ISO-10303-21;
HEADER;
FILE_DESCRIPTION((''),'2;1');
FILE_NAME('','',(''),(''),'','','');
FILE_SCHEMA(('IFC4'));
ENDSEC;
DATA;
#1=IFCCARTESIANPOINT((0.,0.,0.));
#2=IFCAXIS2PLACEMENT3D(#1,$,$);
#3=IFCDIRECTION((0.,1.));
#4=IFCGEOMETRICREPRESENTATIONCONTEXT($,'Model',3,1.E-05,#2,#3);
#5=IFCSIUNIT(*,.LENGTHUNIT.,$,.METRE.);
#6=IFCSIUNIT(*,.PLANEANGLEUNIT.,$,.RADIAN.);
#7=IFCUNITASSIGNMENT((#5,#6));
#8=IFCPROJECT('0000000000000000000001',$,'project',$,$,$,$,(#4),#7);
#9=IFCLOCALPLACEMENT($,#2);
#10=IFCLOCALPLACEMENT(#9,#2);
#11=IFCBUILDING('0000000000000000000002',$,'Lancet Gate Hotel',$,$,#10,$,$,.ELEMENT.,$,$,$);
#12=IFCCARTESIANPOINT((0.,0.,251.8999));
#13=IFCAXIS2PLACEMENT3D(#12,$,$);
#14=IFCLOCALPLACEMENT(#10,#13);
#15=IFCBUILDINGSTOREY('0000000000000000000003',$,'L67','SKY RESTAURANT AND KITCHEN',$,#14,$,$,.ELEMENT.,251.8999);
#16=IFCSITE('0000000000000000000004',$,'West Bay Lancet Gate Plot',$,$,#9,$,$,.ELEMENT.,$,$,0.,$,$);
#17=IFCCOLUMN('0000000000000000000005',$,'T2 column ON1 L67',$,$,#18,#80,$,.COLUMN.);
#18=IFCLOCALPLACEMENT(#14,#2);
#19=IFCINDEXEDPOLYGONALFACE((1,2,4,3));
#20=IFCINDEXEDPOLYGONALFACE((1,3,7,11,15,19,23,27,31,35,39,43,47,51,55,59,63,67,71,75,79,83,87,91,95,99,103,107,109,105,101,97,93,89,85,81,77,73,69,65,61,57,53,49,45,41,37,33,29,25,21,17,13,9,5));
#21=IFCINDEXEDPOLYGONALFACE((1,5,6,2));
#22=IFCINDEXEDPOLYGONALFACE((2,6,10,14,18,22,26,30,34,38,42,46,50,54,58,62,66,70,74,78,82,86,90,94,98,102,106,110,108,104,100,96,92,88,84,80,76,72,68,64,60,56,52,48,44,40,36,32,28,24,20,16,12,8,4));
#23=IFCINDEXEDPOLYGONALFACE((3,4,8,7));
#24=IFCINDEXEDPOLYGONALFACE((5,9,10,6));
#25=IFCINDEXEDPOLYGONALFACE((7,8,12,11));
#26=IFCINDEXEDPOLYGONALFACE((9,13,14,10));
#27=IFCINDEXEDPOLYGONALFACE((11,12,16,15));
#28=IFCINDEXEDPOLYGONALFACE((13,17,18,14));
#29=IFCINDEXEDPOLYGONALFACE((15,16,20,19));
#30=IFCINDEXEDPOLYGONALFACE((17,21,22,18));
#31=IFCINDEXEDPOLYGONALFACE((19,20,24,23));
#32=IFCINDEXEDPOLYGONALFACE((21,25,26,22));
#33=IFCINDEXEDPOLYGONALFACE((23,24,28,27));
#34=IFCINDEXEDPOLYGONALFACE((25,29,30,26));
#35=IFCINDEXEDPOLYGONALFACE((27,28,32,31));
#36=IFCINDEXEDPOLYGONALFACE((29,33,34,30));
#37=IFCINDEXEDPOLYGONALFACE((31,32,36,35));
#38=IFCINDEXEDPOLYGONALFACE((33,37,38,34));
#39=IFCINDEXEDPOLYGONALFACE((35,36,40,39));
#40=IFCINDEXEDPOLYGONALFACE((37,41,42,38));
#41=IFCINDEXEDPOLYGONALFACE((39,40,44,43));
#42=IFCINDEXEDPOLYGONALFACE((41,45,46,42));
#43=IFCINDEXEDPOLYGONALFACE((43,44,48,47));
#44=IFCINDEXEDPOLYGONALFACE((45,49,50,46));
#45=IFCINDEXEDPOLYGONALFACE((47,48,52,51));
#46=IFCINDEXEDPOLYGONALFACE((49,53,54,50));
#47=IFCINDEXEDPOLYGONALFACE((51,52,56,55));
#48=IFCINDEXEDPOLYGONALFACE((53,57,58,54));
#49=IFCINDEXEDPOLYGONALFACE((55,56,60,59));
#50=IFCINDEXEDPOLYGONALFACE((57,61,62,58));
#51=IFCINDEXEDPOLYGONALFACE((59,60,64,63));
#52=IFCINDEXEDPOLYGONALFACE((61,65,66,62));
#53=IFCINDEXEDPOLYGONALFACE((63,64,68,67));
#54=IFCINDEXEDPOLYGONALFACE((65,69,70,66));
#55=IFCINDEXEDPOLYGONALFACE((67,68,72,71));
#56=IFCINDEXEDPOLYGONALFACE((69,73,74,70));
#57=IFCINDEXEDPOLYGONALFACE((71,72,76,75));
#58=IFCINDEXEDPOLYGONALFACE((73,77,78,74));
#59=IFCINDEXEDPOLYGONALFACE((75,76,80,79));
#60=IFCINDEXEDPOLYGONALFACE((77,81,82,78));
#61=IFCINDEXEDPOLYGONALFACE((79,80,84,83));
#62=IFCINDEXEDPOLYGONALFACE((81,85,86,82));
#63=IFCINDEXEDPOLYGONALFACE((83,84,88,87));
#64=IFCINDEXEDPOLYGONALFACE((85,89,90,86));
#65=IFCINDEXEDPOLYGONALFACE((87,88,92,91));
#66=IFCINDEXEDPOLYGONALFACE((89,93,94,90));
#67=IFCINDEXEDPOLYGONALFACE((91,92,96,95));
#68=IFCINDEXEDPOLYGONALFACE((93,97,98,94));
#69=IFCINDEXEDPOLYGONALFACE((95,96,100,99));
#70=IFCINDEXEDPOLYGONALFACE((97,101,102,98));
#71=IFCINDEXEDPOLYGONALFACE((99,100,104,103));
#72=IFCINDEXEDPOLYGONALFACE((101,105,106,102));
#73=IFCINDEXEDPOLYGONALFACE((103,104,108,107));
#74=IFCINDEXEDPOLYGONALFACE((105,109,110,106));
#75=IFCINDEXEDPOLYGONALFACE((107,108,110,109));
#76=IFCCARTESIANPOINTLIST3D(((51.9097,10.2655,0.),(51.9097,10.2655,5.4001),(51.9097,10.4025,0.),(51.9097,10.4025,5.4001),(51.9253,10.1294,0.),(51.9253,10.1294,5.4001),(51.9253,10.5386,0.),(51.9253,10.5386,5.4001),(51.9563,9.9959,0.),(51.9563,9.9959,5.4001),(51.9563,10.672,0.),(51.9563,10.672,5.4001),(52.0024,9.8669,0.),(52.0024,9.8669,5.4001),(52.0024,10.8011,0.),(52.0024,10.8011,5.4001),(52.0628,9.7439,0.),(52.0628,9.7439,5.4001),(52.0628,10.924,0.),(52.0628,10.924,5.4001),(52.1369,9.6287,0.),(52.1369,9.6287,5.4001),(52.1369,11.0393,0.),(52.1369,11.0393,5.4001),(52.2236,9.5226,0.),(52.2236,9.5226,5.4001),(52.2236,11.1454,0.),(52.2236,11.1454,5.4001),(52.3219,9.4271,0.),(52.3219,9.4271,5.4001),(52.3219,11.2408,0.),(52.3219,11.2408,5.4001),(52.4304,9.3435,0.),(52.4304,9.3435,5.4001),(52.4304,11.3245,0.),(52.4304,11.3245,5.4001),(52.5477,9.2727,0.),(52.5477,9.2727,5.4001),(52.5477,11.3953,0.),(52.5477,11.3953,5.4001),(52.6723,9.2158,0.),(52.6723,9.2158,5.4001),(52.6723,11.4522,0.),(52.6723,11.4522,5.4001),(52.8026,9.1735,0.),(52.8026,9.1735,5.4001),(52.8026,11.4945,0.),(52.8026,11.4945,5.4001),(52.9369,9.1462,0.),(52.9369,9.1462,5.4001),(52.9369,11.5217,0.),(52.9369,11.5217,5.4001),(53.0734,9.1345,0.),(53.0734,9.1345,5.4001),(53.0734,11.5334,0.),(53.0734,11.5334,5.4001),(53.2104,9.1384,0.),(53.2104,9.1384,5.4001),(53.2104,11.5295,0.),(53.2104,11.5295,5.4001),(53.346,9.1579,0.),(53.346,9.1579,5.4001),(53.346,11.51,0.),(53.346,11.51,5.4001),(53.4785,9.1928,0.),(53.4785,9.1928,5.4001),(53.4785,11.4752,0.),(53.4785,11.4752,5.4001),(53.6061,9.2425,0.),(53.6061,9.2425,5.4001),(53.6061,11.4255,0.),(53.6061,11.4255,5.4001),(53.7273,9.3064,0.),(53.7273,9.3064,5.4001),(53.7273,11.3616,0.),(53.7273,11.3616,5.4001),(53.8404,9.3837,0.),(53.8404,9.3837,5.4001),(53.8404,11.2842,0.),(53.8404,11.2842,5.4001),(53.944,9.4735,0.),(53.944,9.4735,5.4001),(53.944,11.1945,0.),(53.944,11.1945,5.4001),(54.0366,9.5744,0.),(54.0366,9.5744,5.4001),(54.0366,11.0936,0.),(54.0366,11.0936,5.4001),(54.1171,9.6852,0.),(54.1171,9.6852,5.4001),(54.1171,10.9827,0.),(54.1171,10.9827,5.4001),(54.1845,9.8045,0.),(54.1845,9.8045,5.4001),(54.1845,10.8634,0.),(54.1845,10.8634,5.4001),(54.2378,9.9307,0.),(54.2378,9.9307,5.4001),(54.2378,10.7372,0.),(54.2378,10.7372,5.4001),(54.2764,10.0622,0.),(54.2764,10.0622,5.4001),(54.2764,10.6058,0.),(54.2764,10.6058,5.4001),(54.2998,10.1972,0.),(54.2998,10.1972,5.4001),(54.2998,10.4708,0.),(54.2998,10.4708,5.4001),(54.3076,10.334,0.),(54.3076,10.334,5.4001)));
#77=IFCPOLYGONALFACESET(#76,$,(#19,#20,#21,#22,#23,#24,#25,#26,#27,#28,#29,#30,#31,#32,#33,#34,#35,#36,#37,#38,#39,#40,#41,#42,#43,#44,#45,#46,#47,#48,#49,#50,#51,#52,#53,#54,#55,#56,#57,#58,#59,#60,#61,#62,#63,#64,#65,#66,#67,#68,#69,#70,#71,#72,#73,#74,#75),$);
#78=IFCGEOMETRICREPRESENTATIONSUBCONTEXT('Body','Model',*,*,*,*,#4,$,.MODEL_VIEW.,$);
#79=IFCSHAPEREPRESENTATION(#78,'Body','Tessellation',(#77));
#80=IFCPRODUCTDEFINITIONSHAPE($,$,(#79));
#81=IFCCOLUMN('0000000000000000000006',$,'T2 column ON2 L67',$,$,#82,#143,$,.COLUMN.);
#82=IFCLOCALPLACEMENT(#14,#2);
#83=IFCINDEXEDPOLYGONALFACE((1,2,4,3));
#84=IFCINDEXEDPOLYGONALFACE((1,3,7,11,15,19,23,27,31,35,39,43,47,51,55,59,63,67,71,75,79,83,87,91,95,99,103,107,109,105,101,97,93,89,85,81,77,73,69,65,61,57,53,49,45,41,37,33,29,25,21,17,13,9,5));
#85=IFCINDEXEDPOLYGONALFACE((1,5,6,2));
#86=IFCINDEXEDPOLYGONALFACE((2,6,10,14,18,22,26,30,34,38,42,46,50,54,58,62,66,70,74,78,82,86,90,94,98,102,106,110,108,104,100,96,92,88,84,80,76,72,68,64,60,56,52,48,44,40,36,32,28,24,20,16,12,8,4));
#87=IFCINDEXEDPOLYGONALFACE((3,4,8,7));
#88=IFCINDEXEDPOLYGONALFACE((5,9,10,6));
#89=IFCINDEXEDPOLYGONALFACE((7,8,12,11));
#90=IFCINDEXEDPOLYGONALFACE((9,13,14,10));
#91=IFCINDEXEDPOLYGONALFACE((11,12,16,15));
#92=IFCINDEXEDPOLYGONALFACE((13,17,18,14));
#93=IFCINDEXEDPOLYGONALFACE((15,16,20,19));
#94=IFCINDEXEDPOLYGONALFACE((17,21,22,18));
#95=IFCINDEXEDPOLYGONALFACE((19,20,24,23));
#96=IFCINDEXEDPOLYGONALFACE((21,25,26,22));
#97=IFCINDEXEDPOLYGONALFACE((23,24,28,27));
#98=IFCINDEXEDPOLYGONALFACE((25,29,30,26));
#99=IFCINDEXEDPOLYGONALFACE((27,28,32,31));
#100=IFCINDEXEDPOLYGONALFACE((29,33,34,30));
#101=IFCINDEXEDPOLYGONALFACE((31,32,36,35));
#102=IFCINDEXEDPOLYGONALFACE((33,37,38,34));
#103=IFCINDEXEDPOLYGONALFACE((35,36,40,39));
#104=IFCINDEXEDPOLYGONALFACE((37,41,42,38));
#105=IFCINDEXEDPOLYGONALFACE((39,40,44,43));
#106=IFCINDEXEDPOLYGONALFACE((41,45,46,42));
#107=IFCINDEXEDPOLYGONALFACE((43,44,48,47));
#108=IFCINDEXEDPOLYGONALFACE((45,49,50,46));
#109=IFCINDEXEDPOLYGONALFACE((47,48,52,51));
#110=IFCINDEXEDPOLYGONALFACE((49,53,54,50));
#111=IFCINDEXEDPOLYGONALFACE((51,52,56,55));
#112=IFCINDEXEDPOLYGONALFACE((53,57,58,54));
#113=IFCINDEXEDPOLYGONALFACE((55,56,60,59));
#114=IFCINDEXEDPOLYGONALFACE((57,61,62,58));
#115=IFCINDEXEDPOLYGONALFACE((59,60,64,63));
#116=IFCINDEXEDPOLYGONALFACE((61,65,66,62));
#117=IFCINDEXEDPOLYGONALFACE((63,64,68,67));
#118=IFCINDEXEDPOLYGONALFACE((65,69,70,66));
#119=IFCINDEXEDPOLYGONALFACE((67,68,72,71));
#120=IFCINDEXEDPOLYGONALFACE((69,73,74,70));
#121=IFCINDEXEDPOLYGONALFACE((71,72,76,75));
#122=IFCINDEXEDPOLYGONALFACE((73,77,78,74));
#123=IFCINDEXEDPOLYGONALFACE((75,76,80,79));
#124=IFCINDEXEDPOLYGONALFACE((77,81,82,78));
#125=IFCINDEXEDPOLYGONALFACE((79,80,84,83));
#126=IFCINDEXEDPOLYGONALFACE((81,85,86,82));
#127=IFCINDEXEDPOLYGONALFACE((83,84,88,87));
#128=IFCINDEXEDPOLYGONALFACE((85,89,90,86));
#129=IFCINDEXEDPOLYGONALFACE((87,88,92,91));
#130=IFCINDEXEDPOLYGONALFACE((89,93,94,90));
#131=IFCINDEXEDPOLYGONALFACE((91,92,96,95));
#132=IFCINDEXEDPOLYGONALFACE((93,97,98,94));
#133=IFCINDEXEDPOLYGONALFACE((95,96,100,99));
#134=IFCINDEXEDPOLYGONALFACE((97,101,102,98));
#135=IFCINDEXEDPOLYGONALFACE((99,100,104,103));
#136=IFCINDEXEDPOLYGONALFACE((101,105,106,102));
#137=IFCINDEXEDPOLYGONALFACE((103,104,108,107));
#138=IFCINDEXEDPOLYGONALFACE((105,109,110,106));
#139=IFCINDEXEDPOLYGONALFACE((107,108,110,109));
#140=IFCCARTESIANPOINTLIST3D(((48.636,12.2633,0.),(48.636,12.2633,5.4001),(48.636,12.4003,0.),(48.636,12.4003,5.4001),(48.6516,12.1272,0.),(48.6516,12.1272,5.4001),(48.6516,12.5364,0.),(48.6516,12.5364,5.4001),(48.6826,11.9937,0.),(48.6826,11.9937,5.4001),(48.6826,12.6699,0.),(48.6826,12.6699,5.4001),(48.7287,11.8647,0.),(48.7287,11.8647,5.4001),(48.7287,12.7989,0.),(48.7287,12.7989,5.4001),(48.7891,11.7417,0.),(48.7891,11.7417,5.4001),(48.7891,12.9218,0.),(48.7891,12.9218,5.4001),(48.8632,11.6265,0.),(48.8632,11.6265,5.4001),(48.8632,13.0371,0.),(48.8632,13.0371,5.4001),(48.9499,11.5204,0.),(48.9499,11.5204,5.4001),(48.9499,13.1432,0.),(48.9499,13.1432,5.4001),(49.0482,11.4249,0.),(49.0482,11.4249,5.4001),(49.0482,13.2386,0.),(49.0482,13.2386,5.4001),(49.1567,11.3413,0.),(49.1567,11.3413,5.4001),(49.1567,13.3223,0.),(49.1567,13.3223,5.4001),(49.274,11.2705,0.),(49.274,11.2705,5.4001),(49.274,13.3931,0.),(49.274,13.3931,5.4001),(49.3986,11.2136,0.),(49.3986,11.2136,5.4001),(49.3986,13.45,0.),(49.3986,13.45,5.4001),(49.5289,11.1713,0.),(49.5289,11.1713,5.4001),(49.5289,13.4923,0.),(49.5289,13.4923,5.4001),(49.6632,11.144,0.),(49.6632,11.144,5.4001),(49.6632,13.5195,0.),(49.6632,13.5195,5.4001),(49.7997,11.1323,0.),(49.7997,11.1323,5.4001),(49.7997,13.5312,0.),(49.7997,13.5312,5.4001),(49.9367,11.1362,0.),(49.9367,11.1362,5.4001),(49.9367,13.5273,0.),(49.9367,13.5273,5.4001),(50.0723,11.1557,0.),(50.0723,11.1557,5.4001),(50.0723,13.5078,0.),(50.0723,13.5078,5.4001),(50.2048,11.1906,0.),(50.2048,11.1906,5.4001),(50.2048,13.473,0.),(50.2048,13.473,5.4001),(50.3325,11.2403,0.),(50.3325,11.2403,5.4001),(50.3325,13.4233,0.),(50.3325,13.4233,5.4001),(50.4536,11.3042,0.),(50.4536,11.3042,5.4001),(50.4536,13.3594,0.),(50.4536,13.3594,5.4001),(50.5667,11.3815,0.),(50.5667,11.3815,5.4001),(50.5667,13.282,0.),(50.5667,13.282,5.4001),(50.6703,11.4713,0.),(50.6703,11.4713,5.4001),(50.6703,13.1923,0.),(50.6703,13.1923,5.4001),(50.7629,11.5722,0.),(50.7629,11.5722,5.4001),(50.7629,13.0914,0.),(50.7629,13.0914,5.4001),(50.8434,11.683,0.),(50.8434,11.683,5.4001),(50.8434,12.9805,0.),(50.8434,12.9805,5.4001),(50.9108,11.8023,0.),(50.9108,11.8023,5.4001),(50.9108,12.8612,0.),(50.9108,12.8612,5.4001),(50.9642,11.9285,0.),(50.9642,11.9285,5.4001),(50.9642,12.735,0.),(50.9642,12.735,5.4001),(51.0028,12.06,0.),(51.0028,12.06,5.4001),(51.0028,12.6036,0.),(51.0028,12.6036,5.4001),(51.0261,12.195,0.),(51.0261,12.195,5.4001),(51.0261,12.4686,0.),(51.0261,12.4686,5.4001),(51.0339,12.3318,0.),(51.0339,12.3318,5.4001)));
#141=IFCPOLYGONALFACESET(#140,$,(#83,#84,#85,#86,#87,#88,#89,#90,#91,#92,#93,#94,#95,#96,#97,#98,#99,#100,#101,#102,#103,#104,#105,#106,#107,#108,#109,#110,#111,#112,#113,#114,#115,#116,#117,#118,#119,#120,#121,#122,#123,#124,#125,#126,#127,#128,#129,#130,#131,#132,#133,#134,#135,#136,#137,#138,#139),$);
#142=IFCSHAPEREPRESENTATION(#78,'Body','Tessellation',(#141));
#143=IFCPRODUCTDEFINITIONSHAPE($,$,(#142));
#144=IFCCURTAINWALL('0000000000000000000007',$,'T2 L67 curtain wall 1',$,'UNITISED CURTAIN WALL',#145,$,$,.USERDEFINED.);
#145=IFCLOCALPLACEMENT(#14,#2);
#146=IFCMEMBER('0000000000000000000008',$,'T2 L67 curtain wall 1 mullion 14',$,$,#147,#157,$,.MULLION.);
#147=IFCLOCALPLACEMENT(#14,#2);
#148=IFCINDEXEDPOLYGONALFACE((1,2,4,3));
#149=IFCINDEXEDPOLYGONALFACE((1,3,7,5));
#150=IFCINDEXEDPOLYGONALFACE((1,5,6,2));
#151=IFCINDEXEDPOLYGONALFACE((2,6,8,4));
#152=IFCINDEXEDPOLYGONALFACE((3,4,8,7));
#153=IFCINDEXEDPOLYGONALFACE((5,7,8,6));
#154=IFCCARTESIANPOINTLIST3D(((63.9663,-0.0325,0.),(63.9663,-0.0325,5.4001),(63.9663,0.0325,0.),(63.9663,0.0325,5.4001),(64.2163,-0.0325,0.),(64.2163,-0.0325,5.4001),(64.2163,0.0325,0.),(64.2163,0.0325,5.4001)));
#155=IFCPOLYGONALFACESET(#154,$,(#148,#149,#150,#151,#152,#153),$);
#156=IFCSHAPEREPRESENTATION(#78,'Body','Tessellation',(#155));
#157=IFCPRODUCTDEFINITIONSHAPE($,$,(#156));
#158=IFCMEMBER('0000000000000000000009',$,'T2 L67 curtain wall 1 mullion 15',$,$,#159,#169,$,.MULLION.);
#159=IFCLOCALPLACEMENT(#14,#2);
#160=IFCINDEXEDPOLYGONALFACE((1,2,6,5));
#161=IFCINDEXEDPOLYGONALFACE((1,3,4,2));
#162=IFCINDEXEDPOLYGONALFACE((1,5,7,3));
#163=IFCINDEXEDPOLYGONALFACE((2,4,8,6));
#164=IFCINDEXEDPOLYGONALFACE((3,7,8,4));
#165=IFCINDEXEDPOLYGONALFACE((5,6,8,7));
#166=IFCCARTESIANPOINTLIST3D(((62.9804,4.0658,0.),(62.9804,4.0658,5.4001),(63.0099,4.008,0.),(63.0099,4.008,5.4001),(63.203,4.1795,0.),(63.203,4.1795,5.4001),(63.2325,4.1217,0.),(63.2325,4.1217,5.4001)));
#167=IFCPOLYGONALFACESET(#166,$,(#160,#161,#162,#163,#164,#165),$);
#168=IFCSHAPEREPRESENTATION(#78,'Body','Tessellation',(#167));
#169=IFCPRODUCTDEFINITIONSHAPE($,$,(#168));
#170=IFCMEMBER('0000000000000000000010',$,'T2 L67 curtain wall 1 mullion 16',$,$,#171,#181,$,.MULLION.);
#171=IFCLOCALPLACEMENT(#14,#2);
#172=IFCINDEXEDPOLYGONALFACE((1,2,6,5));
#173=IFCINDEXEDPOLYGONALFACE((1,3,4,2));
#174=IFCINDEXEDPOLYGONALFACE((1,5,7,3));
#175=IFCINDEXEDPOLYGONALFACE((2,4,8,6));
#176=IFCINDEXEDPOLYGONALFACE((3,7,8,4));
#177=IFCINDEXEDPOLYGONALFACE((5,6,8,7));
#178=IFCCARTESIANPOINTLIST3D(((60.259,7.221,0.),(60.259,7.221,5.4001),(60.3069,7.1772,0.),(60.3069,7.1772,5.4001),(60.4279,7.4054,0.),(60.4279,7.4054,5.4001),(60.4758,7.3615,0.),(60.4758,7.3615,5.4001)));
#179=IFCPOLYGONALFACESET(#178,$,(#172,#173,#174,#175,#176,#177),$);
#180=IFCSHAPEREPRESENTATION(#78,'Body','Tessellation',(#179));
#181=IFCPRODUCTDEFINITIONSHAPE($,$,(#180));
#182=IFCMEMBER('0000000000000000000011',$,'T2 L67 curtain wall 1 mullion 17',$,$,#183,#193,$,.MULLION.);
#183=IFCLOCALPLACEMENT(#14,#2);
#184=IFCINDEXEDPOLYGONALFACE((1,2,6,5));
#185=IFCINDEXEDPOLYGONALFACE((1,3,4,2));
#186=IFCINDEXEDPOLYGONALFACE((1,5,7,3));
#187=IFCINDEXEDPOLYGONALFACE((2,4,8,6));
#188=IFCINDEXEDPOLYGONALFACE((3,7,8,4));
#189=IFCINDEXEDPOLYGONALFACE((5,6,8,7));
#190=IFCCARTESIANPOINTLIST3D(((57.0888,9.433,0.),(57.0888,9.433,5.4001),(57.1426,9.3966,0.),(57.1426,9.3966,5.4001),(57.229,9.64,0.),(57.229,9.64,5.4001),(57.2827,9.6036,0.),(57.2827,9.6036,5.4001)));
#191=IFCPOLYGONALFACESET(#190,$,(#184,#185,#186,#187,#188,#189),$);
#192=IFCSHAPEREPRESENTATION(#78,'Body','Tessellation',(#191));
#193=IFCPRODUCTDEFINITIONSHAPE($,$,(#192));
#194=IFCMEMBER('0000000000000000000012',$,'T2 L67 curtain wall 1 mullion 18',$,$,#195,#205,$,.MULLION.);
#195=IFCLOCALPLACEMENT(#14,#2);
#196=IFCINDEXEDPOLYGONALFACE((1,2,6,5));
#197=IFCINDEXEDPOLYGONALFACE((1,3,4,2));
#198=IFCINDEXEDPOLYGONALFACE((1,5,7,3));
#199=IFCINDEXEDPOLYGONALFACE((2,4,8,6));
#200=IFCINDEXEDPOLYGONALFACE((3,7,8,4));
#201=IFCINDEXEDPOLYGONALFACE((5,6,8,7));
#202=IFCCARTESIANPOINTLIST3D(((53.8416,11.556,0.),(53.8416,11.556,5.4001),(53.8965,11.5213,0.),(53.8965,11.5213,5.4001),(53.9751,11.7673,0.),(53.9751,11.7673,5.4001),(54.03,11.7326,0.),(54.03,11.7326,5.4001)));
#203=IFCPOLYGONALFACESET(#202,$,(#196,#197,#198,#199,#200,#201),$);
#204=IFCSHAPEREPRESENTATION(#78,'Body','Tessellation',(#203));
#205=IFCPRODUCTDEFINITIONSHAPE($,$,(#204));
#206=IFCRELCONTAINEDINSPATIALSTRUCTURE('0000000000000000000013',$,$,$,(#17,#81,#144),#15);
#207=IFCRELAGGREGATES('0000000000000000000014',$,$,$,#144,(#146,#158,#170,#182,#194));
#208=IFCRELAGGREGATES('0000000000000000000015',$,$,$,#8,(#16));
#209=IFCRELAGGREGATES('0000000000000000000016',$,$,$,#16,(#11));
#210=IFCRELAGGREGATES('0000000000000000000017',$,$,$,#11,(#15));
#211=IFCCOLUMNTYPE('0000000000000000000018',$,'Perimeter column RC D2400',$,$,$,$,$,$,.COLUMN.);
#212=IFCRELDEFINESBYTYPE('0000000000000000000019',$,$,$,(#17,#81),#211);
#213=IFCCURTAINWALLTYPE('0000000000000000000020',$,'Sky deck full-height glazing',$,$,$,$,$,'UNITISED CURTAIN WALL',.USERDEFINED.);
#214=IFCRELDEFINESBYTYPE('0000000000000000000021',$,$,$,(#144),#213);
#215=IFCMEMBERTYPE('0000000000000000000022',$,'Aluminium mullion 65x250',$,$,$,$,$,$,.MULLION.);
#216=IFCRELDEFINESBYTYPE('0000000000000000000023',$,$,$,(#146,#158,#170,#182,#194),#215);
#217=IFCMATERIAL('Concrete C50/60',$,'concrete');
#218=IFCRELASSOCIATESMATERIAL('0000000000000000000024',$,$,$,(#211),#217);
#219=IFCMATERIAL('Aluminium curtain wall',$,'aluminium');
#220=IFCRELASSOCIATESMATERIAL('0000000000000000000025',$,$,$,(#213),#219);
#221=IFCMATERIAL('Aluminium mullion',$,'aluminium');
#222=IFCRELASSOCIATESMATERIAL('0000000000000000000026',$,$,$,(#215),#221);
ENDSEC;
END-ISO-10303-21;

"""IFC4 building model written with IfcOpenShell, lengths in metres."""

from ifc_helpers import new_model, si_unit, direction, frame, origin, origin_2d, place, context, subcontext, project, spatial, rectangle, circle, extrude, material, material_profile, profile_set, type_object, element, aggregate, save


model = new_model("IFC4")

# Units and contexts
model_context = context("Model", 3, precision=1e-05, world=origin(), true_north=direction((0.0, 1.0)))
body_context = subcontext(model_context, "Body", "Model", "MODEL_VIEW")
ifc_project = project(units=[si_unit("LENGTHUNIT", "METRE"), si_unit("PLANEANGLEUNIT", "RADIAN")], contexts=[model_context])

# Site, building, storey
site_placement = place(None, origin())
site = spatial("IfcSite", under=ifc_project, at=site_placement, Name="West Bay Lancet Gate Plot", CompositionType="ELEMENT", RefElevation=0.0)
building_placement = place(site_placement, origin())
building = spatial("IfcBuilding", under=site, at=building_placement, Name="Lancet Gate Hotel", CompositionType="ELEMENT")
storey_placement = place(building_placement, frame((0.0, 0.0, 251.8999)))
storey = spatial("IfcBuildingStorey", under=building, at=storey_placement, Name="L67", Description="SKY RESTAURANT AND KITCHEN", CompositionType="ELEMENT", Elevation=251.8999)

# Columns
ifc_material_1 = material(Name="Concrete C50/60", Category="concrete")
ifc_material_profile_1 = material_profile(ifc_material_1, circle(Radius=1.2, at=origin_2d()), Name="RC D2400")
ifc_profile_set_1 = profile_set([ifc_material_profile_1], Name="Concrete C50/60")
column_type = type_object("IfcColumnType", Name="Perimeter column RC D2400", PredefinedType="COLUMN", material=ifc_profile_set_1)
for number, where, z_axis, x_axis, name in (
    (1, (53.1077, 10.334, 0.0), (0.0, 0.0, 1.0), (1.0, 0.0, 0.0), "T2 column ON1 L67"),
    (2, (49.834, 12.3318, 0.0), (0.0, 0.0, 1.0), (1.0, 0.0, 0.0), "T2 column ON2 L67"),
):
    element("IfcColumn", number, at=place(storey_placement, frame(where, z_axis=z_axis, x_axis=x_axis)), inside=storey, type_object=column_type, Name=name, PredefinedType="COLUMN", context=body_context, shape_type="SweptSolid", body=[
        extrude(circle(Radius=1.2, at=origin_2d()), origin(), (0.0, 0.0, 1.0), 5.4001),
    ])

# Curtain wall, members
ifc_material_2 = material(Name="Aluminium curtain wall", Category="aluminium")
curtain_wall_type = type_object("IfcCurtainWallType", Name="Sky deck full-height glazing", ElementType="UNITISED CURTAIN WALL", PredefinedType="USERDEFINED", material=ifc_material_2)
curtain_wall_placement = place(storey_placement, origin())
curtain_wall = element("IfcCurtainWall", 3, at=curtain_wall_placement, inside=storey, type_object=curtain_wall_type, Name="T2 L67 curtain wall 1", ObjectType="UNITISED CURTAIN WALL", PredefinedType="USERDEFINED")
ifc_material_3 = material(Name="Aluminium mullion", Category="aluminium")
ifc_material_profile_2 = material_profile(ifc_material_3, rectangle(XDim=0.0649, YDim=0.25, at=origin_2d()), Name="MULLION 65x250")
ifc_profile_set_2 = profile_set([ifc_material_profile_2], Name="Aluminium mullion")
member_type_1 = type_object("IfcMemberType", Name="Aluminium mullion 65x250", PredefinedType="MULLION", material=ifc_profile_set_2)
member_1_placement = place(storey_placement, frame((64.0913, 0.0, 0.0), z_axis=(0.0, 0.0, 1.0), x_axis=(0.0, 1.0, 0.0)))
member_1 = element("IfcMember", 4, at=member_1_placement, type_object=member_type_1, Name="T2 L67 curtain wall 1 mullion 14", PredefinedType="MULLION", context=body_context, shape_type="SweptSolid", body=[
    extrude(rectangle(XDim=0.0649, YDim=0.25, at=origin_2d()), origin(), (0.0, 0.0, 1.0), 5.4001),
])
member_2_placement = place(storey_placement, frame((63.1064, 4.0938, 0.0), z_axis=(0.0, 0.0, 1.0), x_axis=(-0.454853, 0.890567, 0.0)))
member_2 = element("IfcMember", 5, at=member_2_placement, type_object=member_type_1, Name="T2 L67 curtain wall 1 mullion 15", PredefinedType="MULLION", context=body_context, shape_type="SweptSolid", body=[
    extrude(rectangle(XDim=0.0649, YDim=0.25, at=origin_2d()), origin(), (0.0, 0.0, 1.0), 5.4001),
])
member_3_placement = place(storey_placement, frame((60.3674, 7.2913, 0.0), z_axis=(0.0, 0.0, 1.0), x_axis=(-0.737323, 0.67554, 0.0)))
member_3 = element("IfcMember", 6, at=member_3_placement, type_object=member_type_1, Name="T2 L67 curtain wall 1 mullion 16", PredefinedType="MULLION", context=body_context, shape_type="SweptSolid", body=[
    extrude(rectangle(XDim=0.0649, YDim=0.25, at=origin_2d()), origin(), (0.0, 0.0, 1.0), 5.4001),
])
member_4_placement = place(storey_placement, frame((57.1858, 9.5183, 0.0), z_axis=(0.0, 0.0, 1.0), x_axis=(-0.828155, 0.5605, 0.0)))
member_4 = element("IfcMember", 7, at=member_4_placement, type_object=member_type_1, Name="T2 L67 curtain wall 1 mullion 17", PredefinedType="MULLION", context=body_context, shape_type="SweptSolid", body=[
    extrude(rectangle(XDim=0.0649, YDim=0.25, at=origin_2d()), origin(), (0.0, 0.0, 1.0), 5.4001),
])
member_5_placement = place(storey_placement, frame((53.9358, 11.6443, 0.0), z_axis=(0.0, 0.0, 1.0), x_axis=(-0.84534, 0.534229, 0.0)))
member_5 = element("IfcMember", 8, at=member_5_placement, type_object=member_type_1, Name="T2 L67 curtain wall 1 mullion 18", PredefinedType="MULLION", context=body_context, shape_type="SweptSolid", body=[
    extrude(rectangle(XDim=0.0649, YDim=0.25, at=origin_2d()), origin(), (0.0, 0.0, 1.0), 5.4001),
])

aggregate(curtain_wall, [member_1, member_2, member_3, member_4, member_5])

save(model, "model.ifc")
